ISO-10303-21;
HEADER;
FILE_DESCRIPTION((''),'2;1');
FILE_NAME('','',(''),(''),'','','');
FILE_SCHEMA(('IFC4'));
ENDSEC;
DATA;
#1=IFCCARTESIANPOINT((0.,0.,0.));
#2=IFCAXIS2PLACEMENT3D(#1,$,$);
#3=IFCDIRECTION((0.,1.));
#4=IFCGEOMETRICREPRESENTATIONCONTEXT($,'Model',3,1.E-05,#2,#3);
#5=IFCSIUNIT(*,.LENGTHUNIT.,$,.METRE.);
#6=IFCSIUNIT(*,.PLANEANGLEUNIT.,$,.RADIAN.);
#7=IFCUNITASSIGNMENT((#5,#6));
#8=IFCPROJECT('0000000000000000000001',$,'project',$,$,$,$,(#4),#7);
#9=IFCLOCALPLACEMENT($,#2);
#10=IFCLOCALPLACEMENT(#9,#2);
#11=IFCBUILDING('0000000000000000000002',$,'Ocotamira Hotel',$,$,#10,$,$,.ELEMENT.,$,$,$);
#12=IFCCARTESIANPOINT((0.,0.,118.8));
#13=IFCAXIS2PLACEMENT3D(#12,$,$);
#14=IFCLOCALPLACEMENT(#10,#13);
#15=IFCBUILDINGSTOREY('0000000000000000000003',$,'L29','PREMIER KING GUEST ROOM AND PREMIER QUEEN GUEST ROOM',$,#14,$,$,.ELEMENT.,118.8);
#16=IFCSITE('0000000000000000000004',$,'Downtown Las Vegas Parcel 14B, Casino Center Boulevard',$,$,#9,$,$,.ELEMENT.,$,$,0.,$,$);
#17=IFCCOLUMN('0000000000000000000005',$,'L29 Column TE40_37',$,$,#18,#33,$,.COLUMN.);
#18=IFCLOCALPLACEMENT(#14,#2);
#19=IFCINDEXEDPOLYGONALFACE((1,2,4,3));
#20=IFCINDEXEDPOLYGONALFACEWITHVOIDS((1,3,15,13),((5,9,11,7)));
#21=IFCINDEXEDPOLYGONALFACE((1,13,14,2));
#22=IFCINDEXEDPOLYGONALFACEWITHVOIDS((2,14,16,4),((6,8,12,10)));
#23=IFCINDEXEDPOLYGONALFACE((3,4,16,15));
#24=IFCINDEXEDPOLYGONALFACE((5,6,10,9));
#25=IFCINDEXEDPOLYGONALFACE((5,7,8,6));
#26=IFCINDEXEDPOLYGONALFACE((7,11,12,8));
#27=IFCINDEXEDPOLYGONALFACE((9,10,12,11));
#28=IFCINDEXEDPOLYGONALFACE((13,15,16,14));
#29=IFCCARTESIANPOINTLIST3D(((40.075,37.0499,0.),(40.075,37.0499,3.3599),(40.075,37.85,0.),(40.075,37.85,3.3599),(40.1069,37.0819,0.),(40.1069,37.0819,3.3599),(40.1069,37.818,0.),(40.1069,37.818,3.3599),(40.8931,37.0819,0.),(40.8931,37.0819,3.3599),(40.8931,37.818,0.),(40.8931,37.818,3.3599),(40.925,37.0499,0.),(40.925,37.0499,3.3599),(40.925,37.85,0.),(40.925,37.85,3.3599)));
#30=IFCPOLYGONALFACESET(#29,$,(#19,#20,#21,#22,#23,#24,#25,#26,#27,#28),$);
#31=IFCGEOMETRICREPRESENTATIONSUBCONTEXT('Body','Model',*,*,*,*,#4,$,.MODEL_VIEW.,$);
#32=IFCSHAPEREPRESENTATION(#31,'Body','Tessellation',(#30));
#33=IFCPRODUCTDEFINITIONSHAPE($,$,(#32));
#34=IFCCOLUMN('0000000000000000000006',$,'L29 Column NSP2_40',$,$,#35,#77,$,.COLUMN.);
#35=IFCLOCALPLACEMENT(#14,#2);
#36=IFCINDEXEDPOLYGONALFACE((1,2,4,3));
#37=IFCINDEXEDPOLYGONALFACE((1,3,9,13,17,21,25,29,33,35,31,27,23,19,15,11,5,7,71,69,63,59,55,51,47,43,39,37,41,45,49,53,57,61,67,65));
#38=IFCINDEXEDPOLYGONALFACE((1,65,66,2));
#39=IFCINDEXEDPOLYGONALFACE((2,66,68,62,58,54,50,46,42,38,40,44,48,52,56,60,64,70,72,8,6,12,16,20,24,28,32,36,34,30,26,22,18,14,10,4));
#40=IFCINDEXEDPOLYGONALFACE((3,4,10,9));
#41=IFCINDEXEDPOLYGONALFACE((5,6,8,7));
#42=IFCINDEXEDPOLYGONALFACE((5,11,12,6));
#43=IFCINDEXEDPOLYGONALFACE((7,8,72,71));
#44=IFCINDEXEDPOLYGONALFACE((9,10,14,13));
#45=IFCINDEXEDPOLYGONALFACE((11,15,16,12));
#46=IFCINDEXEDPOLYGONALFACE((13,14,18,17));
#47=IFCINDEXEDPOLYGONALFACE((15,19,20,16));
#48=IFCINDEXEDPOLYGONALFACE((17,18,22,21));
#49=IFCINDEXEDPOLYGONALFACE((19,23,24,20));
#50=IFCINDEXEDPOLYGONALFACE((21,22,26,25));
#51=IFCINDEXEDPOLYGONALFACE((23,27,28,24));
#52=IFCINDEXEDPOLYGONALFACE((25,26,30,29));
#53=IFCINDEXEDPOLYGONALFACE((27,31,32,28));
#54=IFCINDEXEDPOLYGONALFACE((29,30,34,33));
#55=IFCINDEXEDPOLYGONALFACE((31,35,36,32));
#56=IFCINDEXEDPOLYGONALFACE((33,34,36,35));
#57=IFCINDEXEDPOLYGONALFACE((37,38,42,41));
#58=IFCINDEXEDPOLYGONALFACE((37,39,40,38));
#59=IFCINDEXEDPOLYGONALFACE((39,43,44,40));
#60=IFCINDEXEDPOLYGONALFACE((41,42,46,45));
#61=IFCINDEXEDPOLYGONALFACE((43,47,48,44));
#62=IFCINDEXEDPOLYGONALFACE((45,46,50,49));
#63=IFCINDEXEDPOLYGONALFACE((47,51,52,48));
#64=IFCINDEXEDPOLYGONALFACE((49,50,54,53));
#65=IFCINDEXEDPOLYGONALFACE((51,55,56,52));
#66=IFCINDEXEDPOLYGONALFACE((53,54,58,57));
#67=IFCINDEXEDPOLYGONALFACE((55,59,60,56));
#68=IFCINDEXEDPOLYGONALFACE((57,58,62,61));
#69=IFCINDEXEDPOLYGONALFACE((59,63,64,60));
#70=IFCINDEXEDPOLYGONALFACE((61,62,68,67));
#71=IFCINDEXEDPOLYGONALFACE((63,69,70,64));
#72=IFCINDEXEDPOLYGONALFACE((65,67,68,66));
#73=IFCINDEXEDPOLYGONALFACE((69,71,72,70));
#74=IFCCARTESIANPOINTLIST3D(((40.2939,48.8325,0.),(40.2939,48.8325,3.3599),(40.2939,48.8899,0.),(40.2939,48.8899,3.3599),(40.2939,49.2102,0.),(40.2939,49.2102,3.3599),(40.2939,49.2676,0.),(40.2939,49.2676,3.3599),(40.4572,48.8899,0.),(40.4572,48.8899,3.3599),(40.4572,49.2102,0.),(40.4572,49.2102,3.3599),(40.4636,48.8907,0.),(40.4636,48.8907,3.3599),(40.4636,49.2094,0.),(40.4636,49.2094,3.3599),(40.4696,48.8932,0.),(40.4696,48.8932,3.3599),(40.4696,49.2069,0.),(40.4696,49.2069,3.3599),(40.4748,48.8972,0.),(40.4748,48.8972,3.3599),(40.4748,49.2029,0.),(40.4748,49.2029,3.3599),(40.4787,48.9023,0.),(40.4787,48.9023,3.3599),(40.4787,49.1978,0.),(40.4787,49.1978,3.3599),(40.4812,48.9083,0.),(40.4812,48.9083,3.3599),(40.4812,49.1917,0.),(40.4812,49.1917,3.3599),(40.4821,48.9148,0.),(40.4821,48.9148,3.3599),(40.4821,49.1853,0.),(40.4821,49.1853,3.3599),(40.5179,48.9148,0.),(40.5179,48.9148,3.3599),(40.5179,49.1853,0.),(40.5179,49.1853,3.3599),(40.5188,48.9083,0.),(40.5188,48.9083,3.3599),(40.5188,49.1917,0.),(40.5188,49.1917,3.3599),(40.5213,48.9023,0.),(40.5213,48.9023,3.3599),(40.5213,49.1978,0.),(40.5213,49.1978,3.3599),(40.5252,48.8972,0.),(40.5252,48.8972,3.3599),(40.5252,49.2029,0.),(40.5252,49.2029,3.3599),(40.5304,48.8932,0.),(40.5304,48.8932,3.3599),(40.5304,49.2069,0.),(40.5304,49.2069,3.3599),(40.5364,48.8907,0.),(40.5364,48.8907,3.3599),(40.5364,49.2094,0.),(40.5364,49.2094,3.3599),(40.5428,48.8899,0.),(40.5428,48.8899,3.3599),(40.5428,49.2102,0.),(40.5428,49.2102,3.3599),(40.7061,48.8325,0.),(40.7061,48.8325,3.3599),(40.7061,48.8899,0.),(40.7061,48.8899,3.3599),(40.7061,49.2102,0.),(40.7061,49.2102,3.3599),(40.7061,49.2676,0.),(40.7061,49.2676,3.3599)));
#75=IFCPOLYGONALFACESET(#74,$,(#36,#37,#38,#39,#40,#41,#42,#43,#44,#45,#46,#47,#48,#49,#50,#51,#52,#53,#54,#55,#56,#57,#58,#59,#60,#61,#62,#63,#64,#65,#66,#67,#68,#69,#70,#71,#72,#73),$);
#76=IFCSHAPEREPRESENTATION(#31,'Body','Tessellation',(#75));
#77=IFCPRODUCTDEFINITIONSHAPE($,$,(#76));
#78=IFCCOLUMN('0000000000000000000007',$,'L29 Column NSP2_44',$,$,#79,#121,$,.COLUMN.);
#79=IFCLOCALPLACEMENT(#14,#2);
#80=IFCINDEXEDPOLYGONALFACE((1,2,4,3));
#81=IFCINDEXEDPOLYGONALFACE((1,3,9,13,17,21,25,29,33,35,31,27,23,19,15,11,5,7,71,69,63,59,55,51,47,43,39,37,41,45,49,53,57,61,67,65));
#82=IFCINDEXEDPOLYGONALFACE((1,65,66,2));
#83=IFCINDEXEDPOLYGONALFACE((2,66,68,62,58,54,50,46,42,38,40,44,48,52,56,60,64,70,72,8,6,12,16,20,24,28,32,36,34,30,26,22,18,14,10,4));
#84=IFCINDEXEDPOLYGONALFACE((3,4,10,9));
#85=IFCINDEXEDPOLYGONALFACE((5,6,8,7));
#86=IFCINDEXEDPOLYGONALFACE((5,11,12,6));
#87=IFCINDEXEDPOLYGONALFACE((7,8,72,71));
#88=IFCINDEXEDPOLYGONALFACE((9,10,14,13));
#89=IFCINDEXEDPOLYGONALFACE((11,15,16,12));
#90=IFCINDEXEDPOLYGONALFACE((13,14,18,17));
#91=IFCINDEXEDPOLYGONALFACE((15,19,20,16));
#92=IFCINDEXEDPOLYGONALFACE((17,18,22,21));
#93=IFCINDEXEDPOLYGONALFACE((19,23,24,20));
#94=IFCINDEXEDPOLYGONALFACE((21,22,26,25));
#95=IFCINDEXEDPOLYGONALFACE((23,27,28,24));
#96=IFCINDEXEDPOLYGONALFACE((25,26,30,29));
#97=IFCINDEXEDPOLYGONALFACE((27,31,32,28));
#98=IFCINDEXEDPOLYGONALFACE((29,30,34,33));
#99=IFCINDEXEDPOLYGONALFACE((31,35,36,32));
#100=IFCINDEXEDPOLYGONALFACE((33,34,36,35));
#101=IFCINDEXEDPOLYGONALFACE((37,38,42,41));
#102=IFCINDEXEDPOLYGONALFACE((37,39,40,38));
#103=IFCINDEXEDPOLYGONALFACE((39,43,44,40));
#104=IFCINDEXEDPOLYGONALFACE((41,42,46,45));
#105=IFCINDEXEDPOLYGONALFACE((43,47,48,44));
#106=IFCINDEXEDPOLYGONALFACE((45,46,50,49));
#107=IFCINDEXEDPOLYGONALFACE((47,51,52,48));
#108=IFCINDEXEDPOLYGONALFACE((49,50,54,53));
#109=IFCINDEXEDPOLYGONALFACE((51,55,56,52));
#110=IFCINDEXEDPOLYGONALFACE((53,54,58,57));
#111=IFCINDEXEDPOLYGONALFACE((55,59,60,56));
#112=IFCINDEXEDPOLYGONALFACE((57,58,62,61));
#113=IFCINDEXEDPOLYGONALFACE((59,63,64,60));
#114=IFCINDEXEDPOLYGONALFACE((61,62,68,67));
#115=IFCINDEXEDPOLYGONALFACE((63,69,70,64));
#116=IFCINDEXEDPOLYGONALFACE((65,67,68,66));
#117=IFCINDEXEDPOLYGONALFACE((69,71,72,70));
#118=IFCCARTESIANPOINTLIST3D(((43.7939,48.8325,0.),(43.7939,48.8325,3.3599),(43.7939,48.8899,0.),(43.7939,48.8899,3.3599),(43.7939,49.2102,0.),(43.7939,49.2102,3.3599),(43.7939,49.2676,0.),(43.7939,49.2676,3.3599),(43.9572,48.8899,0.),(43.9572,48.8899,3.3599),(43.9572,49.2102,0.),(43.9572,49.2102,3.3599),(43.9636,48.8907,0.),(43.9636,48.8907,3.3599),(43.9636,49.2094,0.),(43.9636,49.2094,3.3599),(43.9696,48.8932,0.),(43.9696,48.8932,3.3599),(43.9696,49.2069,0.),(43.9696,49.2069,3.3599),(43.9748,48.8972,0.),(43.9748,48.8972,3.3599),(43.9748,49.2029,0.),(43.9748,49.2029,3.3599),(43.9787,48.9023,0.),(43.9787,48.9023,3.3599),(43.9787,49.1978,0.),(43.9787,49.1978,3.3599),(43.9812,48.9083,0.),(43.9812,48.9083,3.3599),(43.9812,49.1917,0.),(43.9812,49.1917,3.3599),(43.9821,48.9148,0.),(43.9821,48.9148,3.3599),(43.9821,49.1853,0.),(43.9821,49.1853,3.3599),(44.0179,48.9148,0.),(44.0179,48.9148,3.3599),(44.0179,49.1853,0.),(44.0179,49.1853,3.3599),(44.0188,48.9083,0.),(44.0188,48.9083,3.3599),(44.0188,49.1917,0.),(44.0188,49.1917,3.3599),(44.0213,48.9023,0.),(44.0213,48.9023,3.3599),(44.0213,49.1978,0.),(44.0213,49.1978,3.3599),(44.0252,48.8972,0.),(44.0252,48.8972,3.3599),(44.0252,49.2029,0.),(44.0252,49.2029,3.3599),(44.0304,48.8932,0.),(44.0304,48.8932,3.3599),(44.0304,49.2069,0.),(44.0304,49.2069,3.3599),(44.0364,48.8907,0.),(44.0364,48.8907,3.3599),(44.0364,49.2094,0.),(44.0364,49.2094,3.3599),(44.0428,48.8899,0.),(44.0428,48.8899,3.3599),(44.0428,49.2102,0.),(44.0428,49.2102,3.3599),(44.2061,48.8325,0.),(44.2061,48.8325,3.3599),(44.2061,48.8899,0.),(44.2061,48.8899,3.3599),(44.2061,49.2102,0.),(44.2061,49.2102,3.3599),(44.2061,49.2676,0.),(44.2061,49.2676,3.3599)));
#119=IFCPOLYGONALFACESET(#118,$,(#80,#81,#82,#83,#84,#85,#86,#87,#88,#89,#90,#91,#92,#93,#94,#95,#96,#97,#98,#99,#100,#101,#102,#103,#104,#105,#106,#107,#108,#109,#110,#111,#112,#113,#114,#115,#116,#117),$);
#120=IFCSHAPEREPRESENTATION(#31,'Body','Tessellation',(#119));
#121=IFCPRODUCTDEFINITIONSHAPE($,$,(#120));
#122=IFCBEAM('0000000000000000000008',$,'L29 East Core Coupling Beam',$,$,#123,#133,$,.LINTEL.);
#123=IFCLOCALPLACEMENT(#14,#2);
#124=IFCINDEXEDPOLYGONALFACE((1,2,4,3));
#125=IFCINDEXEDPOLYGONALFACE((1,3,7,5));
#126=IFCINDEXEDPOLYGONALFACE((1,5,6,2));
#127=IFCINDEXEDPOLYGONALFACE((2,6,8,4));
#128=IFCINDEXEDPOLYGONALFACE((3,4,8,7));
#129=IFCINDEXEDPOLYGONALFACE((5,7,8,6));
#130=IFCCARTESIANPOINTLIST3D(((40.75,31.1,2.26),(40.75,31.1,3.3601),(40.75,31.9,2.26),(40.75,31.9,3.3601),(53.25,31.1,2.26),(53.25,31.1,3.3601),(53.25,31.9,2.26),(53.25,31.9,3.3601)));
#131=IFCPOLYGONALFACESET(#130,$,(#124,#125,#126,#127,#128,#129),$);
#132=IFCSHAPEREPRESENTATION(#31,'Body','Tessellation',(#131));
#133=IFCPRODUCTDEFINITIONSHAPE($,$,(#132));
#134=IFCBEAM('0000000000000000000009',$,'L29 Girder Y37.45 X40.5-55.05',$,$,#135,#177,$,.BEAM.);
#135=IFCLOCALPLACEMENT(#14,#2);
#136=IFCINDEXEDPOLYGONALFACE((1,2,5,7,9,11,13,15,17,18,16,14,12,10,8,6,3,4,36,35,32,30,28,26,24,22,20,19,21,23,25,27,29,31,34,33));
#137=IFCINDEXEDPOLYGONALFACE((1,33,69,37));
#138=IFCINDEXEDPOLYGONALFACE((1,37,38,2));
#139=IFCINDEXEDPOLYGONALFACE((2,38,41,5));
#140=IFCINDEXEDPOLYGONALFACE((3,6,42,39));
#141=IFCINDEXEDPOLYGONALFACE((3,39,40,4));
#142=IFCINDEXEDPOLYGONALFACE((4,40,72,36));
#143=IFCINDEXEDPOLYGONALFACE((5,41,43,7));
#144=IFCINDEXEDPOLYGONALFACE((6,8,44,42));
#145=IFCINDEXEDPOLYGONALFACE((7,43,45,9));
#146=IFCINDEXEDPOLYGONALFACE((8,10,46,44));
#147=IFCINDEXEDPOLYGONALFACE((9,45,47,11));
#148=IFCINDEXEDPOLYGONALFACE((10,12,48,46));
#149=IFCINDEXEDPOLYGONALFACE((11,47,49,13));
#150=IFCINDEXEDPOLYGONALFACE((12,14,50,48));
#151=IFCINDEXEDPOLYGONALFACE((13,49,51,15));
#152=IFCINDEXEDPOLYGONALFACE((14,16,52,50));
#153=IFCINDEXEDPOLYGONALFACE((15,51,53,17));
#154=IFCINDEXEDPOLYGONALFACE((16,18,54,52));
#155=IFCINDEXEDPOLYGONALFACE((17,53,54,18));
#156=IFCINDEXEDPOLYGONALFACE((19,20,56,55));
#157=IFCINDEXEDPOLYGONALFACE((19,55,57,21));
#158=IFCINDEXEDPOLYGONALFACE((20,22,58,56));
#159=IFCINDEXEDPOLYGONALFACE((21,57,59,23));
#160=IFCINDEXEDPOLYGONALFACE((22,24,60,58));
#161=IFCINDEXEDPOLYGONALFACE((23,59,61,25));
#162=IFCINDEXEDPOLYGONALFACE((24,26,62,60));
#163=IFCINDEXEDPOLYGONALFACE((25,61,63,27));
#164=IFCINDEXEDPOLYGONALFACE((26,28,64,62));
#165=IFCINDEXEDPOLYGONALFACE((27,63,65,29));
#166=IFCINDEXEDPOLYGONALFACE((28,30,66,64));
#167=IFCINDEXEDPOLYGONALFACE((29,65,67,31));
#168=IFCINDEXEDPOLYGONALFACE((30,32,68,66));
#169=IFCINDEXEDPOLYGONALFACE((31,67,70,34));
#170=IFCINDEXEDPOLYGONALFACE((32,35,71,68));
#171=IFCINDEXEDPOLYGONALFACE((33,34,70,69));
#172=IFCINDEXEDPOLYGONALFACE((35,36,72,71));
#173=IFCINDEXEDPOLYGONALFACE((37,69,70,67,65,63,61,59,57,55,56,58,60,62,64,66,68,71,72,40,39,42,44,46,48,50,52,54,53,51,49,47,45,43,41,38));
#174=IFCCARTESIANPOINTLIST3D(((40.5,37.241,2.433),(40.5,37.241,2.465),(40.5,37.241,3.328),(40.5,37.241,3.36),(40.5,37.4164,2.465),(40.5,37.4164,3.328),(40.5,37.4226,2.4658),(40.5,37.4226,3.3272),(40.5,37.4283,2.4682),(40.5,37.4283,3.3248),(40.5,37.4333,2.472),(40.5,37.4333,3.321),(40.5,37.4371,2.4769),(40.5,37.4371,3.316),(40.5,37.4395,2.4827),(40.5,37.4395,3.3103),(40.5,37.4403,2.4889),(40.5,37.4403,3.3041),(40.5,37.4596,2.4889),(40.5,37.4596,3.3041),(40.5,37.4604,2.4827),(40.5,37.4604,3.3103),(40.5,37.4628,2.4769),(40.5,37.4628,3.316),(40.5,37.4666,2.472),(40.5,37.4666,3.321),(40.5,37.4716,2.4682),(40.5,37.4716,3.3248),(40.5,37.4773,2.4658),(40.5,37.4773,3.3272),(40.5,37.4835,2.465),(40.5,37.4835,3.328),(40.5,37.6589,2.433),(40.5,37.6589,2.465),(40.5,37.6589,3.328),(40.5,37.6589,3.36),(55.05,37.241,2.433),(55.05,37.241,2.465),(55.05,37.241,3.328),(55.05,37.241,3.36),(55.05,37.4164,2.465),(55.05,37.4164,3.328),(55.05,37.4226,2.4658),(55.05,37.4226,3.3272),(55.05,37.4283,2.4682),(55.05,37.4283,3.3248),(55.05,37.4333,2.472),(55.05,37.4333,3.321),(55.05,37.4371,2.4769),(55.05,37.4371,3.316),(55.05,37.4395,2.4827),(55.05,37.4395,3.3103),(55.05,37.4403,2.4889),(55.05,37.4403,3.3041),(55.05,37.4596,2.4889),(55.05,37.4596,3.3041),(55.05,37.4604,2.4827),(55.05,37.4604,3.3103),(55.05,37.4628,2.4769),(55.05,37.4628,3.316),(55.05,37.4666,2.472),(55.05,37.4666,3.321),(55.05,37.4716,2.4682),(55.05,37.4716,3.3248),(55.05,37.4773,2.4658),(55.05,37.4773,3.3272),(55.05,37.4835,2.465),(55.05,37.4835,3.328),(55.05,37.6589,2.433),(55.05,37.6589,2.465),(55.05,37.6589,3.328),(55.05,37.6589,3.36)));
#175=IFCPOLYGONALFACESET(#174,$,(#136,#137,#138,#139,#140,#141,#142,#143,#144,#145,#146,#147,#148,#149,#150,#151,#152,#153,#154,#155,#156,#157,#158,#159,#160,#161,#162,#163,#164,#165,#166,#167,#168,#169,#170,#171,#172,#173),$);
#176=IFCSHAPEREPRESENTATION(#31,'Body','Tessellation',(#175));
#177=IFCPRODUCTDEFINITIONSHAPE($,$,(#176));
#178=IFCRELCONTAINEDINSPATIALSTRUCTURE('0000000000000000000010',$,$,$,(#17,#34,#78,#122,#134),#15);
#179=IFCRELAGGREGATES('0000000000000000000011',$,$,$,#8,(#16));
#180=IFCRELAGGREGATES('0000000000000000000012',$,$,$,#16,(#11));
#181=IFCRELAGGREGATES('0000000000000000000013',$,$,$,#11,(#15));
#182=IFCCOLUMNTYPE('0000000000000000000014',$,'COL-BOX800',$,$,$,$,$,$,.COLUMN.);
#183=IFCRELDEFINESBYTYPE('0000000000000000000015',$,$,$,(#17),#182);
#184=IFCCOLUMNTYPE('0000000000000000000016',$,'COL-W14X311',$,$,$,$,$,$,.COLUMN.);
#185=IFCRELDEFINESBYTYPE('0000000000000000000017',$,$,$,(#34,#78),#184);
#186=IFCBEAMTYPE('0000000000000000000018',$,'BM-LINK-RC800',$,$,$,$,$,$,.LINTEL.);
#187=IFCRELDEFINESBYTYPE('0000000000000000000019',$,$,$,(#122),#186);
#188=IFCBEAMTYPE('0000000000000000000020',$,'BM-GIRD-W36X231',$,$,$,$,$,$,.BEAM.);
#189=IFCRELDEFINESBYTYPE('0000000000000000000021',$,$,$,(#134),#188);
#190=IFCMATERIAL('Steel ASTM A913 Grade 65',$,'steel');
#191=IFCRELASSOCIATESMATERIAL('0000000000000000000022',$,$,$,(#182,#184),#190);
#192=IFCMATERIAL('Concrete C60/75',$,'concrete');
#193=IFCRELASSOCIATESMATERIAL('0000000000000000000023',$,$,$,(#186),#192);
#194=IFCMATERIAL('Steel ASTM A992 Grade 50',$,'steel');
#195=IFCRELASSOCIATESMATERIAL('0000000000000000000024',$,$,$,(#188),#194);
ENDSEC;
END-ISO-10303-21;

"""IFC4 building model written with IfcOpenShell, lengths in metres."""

from ifc_helpers import new_model, si_unit, direction, frame, origin, origin_2d, place, context, subcontext, project, spatial, rectangle, hollow_rectangle, i_section, extrude, source, transform, mapped, material, material_profile, profile_set, type_object, element, save


model = new_model("IFC4")

# Units and contexts
model_context = context("Model", 3, precision=1e-05, world=origin(), true_north=direction((0.0, 1.0)))
body_context = subcontext(model_context, "Body", "Model", "MODEL_VIEW")
ifc_project = project(units=[si_unit("LENGTHUNIT", "METRE"), si_unit("PLANEANGLEUNIT", "RADIAN")], contexts=[model_context])

# Site, building, storey
site_placement = place(None, origin())
site = spatial("IfcSite", under=ifc_project, at=site_placement, Name="Downtown Las Vegas Parcel 14B, Casino Center Boulevard", CompositionType="ELEMENT", RefElevation=0.0)
building_placement = place(site_placement, origin())
building = spatial("IfcBuilding", under=site, at=building_placement, Name="Ocotamira Hotel", CompositionType="ELEMENT")
storey_placement = place(building_placement, frame((0.0, 0.0, 118.8)))
storey = spatial("IfcBuildingStorey", under=building, at=storey_placement, Name="L29", Description="PREMIER KING GUEST ROOM AND PREMIER QUEEN GUEST ROOM", CompositionType="ELEMENT", Elevation=118.8)

# Columns
ifc_material_1 = material(Name="Steel ASTM A913 Grade 65", Category="steel")
ifc_material_profile_1 = material_profile(ifc_material_1, hollow_rectangle(XDim=0.8501, YDim=0.8, WallThickness=0.032, at=origin_2d()), Name="BOX800X850X32")
ifc_profile_set_1 = profile_set([ifc_material_profile_1], Name="Steel ASTM A913 Grade 65")
column_type_1 = type_object("IfcColumnType", Name="COL-BOX800", PredefinedType="COLUMN", material=ifc_profile_set_1)
shared_shape_1 = source(origin(), body_context, "Body", "SweptSolid", [
    extrude(hollow_rectangle(XDim=0.8501, YDim=0.8, WallThickness=0.032, at=origin_2d()), origin(), (0.0, 0.0, 1.0), 3.3599),
])
column_placement = place(storey_placement, frame((40.5, 37.45, 0.0), z_axis=(0.0, 0.0, 1.0), x_axis=(1.0, 0.0, 0.0)))
element("IfcColumn", 1, at=column_placement, inside=storey, type_object=column_type_1, Name="L29 Column TE40_37", PredefinedType="COLUMN", context=body_context, shape_type="MappedRepresentation", body=[
    mapped(shared_shape_1, transform((0.0, 0.0, 0.0), scale=1.0)),
])
ifc_material_profile_2 = material_profile(ifc_material_1, i_section(OverallWidth=0.4121, OverallDepth=0.4351, WebThickness=0.0359, FlangeThickness=0.0574, FilletRadius=0.0249, at=origin_2d()), Name="W14X311")
ifc_profile_set_2 = profile_set([ifc_material_profile_2], Name="Steel ASTM A913 Grade 65")
column_type_2 = type_object("IfcColumnType", Name="COL-W14X311", PredefinedType="COLUMN", material=ifc_profile_set_2)
shared_shape_2 = source(origin(), body_context, "Body", "SweptSolid", [
    extrude(i_section(OverallWidth=0.4121, OverallDepth=0.4351, WebThickness=0.0359, FlangeThickness=0.0574, FilletRadius=0.0249, at=origin_2d()), origin(), (0.0, 0.0, 1.0), 3.3599),
])
for number, where, z_axis, x_axis, name in (
    (2, (40.5, 49.05, 0.0), (0.0, 0.0, 1.0), (1.0, 0.0, 0.0), "L29 Column NSP2_40"),
    (3, (44.0, 49.05, 0.0), (0.0, 0.0, 1.0), (1.0, 0.0, 0.0), "L29 Column NSP2_44"),
):
    element("IfcColumn", number, at=place(storey_placement, frame(where, z_axis=z_axis, x_axis=x_axis)), inside=storey, type_object=column_type_2, Name=name, PredefinedType="COLUMN", context=body_context, shape_type="MappedRepresentation", body=[
        mapped(shared_shape_2, transform((0.0, 0.0, 0.0), scale=1.0)),
    ])

# Beams
ifc_material_2 = material(Name="Concrete C60/75", Category="concrete")
ifc_material_profile_3 = material_profile(ifc_material_2, rectangle(XDim=0.8, YDim=1.1001, at=origin_2d()), Name="RC800X1100")
ifc_profile_set_3 = profile_set([ifc_material_profile_3], Name="Concrete C60/75")
beam_type_1 = type_object("IfcBeamType", Name="BM-LINK-RC800", PredefinedType="LINTEL", material=ifc_profile_set_3)
shared_shape_3 = source(origin(), body_context, "Body", "SweptSolid", [
    extrude(rectangle(XDim=0.8, YDim=1.1001, at=origin_2d()), origin(), (0.0, 0.0, 1.0), 12.5),
])
beam_1_placement = place(storey_placement, frame((40.75, 31.5, 2.8101), z_axis=(1.0, 0.0, 0.0), x_axis=(0.0, 1.0, 0.0)))
element("IfcBeam", 4, at=beam_1_placement, inside=storey, type_object=beam_type_1, Name="L29 East Core Coupling Beam", PredefinedType="LINTEL", context=body_context, shape_type="MappedRepresentation", body=[
    mapped(shared_shape_3, transform((0.0, 0.0, 0.0), scale=1.0)),
])
ifc_material_3 = material(Name="Steel ASTM A992 Grade 50", Category="steel")
ifc_material_profile_4 = material_profile(ifc_material_3, i_section(OverallWidth=0.418, OverallDepth=0.927, WebThickness=0.0193, FlangeThickness=0.032, FilletRadius=0.0239, at=origin_2d()), Name="W36X231")
ifc_profile_set_4 = profile_set([ifc_material_profile_4], Name="Steel ASTM A992 Grade 50")
beam_type_2 = type_object("IfcBeamType", Name="BM-GIRD-W36X231", PredefinedType="BEAM", material=ifc_profile_set_4)
shared_shape_4 = source(origin(), body_context, "Body", "SweptSolid", [
    extrude(i_section(OverallWidth=0.418, OverallDepth=0.927, WebThickness=0.0193, FlangeThickness=0.032, FilletRadius=0.0239, at=origin_2d()), origin(), (0.0, 0.0, 1.0), 14.55),
])
beam_2_placement = place(storey_placement, frame((40.5, 37.45, 2.8965), z_axis=(1.0, 0.0, 0.0), x_axis=(0.0, 1.0, 0.0)))
element("IfcBeam", 5, at=beam_2_placement, inside=storey, type_object=beam_type_2, Name="L29 Girder Y37.45 X40.5-55.05", PredefinedType="BEAM", context=body_context, shape_type="MappedRepresentation", body=[
    mapped(shared_shape_4, transform((0.0, 0.0, 0.0), scale=1.0)),
])

save(model, "model.ifc")
